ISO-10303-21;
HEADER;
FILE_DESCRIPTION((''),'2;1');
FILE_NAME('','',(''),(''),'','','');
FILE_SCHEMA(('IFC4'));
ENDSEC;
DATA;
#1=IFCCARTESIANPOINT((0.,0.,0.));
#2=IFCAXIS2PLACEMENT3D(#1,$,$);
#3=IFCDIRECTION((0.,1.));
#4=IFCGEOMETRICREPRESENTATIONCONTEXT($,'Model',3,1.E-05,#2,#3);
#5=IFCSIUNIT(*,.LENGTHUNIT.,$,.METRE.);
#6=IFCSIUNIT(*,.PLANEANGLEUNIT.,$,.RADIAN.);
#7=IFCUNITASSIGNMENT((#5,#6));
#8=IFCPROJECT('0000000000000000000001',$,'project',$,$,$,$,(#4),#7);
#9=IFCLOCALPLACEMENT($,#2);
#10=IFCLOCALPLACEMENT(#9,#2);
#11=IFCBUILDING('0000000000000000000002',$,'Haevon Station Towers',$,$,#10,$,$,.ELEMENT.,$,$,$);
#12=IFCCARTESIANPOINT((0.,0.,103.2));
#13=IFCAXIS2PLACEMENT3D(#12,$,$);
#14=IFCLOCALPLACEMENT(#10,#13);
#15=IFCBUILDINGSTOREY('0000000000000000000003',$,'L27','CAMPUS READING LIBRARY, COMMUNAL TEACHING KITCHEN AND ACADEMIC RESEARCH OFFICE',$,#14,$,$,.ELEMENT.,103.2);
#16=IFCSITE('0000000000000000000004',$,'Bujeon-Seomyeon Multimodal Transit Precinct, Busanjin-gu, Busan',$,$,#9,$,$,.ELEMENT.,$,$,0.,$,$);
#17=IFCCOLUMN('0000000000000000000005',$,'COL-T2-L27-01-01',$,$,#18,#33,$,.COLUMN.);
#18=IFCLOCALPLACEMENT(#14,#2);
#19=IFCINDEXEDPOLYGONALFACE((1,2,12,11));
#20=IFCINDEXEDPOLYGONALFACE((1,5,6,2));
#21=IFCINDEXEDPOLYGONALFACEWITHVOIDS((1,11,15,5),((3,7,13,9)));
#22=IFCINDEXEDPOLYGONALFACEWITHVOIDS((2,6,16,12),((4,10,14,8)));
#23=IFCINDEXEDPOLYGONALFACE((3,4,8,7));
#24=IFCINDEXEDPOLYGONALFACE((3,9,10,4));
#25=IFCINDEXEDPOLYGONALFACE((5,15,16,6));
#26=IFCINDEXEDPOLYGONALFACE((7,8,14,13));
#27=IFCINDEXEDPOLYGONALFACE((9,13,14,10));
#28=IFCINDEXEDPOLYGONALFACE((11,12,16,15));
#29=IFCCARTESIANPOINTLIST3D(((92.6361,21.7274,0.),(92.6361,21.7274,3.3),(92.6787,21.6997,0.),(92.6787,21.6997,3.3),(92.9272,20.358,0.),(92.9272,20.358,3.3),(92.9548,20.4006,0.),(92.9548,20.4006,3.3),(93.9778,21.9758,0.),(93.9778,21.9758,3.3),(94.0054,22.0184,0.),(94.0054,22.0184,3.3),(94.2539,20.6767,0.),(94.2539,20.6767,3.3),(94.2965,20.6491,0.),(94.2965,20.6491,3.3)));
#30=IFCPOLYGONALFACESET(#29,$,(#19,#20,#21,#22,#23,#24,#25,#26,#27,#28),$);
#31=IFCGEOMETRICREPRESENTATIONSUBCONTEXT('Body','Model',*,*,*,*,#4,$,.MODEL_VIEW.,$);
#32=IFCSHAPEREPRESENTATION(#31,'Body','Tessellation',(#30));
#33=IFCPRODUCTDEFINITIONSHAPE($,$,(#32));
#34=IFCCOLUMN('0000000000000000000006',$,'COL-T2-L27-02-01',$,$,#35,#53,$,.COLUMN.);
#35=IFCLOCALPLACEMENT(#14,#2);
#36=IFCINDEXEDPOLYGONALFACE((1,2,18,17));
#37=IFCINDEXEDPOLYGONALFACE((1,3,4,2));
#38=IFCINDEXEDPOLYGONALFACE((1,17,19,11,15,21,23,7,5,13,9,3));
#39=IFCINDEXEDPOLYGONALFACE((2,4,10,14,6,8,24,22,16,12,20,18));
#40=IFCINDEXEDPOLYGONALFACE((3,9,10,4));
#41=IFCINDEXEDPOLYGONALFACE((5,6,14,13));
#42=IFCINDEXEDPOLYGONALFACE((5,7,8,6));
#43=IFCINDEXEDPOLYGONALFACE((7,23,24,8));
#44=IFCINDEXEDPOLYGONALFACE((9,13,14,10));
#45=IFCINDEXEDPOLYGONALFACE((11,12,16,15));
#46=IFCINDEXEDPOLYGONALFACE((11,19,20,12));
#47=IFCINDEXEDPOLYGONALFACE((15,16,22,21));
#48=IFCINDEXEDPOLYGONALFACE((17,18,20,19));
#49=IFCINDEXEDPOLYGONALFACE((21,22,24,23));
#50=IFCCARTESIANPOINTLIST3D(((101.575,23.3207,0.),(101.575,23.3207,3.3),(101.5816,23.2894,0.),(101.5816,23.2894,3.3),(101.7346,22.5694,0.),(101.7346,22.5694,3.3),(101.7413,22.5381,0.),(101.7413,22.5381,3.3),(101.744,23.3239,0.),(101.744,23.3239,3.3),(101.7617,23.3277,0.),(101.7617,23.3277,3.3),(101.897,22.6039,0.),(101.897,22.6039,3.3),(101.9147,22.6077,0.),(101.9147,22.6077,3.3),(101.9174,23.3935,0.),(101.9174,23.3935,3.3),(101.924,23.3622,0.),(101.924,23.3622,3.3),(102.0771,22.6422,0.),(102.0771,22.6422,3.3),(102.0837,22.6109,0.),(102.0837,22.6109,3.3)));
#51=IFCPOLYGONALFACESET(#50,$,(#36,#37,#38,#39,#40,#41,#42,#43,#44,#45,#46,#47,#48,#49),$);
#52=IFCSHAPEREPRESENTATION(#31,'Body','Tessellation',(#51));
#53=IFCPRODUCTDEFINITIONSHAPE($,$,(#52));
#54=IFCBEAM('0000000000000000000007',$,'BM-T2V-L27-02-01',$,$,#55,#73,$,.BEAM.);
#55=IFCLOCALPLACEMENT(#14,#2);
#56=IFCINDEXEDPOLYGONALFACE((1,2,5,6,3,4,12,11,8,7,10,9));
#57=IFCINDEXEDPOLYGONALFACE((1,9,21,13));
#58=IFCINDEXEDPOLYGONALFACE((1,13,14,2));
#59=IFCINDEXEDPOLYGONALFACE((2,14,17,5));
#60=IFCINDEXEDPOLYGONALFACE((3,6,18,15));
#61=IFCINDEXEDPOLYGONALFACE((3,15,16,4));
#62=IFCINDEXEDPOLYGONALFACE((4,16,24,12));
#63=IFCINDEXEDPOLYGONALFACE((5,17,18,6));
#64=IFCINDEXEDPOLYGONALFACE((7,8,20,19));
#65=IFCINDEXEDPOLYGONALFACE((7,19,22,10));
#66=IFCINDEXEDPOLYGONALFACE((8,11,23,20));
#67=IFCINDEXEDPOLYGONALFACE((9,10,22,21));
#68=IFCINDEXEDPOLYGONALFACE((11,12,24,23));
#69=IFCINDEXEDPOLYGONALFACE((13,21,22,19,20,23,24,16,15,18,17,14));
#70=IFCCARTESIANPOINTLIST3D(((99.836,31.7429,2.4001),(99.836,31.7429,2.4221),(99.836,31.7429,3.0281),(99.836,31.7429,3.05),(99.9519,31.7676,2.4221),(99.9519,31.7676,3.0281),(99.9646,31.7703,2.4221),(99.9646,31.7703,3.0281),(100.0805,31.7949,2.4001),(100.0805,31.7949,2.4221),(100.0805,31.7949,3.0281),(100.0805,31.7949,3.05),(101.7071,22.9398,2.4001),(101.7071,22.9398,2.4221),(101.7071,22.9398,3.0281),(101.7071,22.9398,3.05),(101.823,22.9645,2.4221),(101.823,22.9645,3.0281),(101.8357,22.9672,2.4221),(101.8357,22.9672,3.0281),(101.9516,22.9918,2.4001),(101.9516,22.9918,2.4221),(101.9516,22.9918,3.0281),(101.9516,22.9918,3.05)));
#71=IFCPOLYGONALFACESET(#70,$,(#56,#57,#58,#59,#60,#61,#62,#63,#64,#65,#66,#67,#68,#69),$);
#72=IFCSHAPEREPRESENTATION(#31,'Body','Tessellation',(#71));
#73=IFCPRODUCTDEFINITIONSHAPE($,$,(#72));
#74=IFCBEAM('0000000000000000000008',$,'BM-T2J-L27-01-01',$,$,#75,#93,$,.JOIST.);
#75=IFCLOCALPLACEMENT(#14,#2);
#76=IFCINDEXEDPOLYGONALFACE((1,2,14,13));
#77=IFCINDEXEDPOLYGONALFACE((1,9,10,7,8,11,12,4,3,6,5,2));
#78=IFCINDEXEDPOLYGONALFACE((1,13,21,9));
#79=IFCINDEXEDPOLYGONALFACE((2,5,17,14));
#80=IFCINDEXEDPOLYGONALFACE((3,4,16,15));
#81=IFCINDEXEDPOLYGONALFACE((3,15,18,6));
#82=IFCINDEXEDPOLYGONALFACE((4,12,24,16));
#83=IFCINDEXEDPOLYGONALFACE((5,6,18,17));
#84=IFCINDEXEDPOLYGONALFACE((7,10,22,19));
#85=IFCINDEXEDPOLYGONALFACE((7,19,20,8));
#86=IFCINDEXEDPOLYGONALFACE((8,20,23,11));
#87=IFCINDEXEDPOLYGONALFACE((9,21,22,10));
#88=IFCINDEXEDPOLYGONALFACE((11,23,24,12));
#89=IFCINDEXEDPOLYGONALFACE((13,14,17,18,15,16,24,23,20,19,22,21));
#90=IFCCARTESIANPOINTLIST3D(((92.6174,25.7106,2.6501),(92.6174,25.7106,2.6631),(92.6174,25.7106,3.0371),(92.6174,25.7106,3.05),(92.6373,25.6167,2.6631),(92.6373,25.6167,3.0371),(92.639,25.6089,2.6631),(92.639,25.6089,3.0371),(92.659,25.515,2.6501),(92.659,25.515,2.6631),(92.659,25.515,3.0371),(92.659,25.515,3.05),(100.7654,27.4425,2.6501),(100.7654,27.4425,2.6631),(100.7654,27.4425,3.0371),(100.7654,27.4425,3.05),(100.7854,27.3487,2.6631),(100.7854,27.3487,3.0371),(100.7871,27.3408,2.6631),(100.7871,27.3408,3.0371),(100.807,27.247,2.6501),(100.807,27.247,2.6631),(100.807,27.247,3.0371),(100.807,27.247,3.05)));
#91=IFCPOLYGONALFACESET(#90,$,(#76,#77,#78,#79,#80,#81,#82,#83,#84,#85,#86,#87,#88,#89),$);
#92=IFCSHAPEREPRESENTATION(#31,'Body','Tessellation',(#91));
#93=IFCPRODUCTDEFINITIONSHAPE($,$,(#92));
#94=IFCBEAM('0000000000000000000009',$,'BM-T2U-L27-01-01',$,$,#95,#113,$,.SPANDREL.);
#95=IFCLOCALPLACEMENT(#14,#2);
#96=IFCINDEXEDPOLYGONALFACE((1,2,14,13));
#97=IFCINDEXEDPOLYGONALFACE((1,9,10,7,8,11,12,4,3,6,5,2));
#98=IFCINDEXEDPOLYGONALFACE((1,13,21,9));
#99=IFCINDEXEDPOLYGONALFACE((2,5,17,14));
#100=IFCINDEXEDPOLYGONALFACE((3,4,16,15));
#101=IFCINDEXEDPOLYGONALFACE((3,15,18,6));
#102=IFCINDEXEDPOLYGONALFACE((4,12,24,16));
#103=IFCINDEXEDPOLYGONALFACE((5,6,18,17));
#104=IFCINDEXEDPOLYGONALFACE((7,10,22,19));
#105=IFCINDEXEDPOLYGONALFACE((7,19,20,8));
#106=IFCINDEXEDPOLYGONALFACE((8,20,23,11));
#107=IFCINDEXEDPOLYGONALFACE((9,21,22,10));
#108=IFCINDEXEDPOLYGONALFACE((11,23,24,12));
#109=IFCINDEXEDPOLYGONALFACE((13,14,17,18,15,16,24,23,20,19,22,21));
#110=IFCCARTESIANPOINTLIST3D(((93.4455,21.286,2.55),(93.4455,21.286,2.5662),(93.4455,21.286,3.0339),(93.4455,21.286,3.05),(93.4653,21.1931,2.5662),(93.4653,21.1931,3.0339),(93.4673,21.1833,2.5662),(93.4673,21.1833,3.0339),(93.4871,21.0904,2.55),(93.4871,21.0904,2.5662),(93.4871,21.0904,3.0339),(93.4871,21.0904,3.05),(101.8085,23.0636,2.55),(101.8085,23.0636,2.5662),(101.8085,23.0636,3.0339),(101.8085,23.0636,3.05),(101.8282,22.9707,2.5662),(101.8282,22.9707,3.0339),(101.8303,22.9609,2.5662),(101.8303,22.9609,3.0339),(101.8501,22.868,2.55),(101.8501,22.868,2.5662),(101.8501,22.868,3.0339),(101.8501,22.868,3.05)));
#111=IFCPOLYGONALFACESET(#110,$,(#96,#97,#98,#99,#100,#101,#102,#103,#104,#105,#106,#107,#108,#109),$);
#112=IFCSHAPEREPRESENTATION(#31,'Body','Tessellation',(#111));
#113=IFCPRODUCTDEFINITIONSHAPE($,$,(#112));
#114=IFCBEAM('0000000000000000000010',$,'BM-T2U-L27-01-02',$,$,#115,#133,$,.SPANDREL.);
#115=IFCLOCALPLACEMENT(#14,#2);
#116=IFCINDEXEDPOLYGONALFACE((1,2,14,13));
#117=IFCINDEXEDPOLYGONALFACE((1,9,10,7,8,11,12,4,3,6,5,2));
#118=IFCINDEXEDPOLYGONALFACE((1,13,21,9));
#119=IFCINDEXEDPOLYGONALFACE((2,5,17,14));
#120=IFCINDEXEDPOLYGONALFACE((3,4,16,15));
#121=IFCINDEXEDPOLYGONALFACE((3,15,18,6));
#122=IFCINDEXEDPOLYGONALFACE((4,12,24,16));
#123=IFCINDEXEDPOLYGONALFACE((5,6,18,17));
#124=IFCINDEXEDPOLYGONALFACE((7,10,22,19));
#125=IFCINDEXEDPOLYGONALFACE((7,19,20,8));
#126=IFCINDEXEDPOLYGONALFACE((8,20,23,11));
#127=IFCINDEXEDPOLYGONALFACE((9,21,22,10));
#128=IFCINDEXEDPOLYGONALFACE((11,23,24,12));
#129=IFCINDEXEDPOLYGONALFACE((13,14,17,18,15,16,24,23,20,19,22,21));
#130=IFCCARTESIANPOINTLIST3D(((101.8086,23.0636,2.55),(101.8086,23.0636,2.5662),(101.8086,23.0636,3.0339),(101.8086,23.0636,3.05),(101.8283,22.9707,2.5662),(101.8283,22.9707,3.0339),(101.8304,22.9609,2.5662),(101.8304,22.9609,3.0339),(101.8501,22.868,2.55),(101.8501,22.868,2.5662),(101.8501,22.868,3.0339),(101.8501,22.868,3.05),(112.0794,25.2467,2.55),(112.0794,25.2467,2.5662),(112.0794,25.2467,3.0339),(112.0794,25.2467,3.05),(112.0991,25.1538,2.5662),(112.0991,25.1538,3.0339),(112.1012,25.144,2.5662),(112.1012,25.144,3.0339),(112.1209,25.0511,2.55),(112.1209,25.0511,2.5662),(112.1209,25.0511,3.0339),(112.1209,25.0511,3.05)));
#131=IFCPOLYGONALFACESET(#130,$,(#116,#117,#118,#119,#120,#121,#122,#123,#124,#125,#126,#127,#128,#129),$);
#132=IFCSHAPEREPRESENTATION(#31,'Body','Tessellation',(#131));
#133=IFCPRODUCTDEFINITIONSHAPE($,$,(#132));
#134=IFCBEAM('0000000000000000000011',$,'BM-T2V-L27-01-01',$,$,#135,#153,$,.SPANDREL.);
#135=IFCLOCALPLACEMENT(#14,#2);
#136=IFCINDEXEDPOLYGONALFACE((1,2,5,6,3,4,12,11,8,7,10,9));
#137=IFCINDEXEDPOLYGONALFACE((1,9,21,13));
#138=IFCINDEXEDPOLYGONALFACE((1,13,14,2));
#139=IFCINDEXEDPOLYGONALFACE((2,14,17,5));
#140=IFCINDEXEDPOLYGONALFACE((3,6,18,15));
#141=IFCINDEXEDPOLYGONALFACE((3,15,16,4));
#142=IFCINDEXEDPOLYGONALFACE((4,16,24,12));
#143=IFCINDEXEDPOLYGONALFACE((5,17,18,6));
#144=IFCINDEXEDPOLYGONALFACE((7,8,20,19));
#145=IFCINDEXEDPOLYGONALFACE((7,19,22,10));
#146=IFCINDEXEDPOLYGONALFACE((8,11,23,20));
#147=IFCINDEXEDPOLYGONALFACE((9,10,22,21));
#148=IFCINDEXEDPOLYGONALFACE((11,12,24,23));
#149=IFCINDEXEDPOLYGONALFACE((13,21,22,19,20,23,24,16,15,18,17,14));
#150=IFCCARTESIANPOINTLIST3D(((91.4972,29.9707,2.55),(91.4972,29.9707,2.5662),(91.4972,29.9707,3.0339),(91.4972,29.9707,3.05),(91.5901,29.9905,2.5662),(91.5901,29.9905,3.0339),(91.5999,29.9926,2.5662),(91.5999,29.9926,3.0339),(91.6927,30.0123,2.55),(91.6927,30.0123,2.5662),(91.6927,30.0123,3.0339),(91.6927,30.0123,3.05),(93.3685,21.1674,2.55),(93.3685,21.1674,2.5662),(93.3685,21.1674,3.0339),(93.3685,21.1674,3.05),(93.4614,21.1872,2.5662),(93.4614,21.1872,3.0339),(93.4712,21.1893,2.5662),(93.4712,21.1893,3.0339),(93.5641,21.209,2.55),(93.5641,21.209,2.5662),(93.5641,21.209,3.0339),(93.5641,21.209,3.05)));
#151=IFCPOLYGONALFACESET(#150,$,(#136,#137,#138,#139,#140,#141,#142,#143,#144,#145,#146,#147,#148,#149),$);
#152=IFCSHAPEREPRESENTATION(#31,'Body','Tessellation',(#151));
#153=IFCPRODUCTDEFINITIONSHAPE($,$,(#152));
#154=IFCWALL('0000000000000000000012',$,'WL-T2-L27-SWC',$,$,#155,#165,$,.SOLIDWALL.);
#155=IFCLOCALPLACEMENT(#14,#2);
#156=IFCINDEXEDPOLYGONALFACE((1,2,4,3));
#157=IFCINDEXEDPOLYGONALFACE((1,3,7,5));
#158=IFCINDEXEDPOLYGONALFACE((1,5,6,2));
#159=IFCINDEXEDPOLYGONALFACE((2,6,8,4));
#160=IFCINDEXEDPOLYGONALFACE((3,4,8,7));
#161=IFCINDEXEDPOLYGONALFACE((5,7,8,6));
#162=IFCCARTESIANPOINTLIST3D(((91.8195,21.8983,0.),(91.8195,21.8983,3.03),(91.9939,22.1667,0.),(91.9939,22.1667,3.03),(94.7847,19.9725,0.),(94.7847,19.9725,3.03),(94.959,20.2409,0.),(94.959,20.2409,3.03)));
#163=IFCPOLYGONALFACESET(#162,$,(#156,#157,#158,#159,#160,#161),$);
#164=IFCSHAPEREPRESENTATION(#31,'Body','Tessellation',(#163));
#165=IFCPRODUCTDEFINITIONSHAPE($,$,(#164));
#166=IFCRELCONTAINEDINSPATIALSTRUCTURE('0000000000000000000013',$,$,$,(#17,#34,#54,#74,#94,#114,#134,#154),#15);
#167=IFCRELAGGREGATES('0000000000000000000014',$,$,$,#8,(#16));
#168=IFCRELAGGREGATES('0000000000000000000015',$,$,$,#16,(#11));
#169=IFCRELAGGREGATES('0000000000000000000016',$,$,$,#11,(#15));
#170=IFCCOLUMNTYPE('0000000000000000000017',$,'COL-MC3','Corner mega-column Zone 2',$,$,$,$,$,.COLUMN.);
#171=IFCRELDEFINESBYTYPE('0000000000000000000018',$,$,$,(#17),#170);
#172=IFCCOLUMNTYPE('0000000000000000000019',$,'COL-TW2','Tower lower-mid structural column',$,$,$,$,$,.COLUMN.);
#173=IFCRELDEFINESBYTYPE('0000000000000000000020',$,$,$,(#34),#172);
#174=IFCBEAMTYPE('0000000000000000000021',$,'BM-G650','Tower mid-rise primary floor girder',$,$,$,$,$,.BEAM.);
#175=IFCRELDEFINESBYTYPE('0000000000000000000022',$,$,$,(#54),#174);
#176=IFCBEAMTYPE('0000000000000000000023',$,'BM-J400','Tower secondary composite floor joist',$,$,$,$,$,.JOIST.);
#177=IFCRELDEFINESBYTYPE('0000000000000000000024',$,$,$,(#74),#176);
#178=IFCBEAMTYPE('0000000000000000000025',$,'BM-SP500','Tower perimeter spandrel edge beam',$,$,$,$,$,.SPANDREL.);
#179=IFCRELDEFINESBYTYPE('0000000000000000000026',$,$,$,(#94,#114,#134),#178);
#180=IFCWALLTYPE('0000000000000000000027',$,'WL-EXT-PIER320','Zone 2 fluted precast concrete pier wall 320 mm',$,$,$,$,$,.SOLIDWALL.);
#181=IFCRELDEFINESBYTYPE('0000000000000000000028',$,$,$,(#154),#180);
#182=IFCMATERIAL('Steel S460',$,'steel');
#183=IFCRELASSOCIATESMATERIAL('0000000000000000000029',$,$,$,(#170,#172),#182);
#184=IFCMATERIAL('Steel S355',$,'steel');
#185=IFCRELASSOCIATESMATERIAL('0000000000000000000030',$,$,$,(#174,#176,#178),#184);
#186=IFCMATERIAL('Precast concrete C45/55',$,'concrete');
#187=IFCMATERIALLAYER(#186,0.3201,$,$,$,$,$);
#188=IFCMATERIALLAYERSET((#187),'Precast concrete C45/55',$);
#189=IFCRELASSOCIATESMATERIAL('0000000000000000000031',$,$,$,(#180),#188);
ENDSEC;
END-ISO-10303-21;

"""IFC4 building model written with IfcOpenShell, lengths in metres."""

from ifc_helpers import new_model, si_unit, direction, frame, frame_2d, origin, origin_2d, place, context, subcontext, project, spatial, rectangle, hollow_rectangle, i_section, extrude, material, layer, layer_set, material_profile, profile_set, type_object, element, save


model = new_model("IFC4")

# Units and contexts
model_context = context("Model", 3, precision=1e-05, world=origin(), true_north=direction((0.0, 1.0)))
body_context = subcontext(model_context, "Body", "Model", "MODEL_VIEW")
ifc_project = project(units=[si_unit("LENGTHUNIT", "METRE"), si_unit("PLANEANGLEUNIT", "RADIAN")], contexts=[model_context])

# Site, building, storey
site_placement = place(None, origin())
site = spatial("IfcSite", under=ifc_project, at=site_placement, Name="Bujeon-Seomyeon Multimodal Transit Precinct, Busanjin-gu, Busan", CompositionType="ELEMENT", RefElevation=0.0)
building_placement = place(site_placement, origin())
building = spatial("IfcBuilding", under=site, at=building_placement, Name="Haevon Station Towers", CompositionType="ELEMENT")
storey_placement = place(building_placement, frame((0.0, 0.0, 103.2)))
storey = spatial("IfcBuildingStorey", under=building, at=storey_placement, Name="L27", Description="CAMPUS READING LIBRARY, COMMUNAL TEACHING KITCHEN AND ACADEMIC RESEARCH OFFICE", CompositionType="ELEMENT", Elevation=103.2)

# Columns
ifc_material_1 = material(Name="Steel S460", Category="steel")
ifc_material_profile_1 = material_profile(ifc_material_1, hollow_rectangle(XDim=1.3999, YDim=1.3999, WallThickness=0.0359, at=origin_2d()), Name="BOX-1400x1400x36")
ifc_profile_set_1 = profile_set([ifc_material_profile_1], Name="Steel S460")
column_type_1 = type_object("IfcColumnType", Name="COL-MC3", Description="Corner mega-column Zone 2", PredefinedType="COLUMN", material=ifc_profile_set_1)
column_1_placement = place(storey_placement, frame((93.4663, 21.1882, 0.0), z_axis=(0.0, 0.0, 1.0), x_axis=(0.978148, 0.207912, 0.0)))
element("IfcColumn", 1, at=column_1_placement, inside=storey, type_object=column_type_1, Name="COL-T2-L27-01-01", PredefinedType="COLUMN", context=body_context, shape_type="SweptSolid", body=[
    extrude(hollow_rectangle(XDim=1.3999, YDim=1.3999, WallThickness=0.0359, at=origin_2d()), origin(), (0.0, 0.0, 1.0), 3.3),
])
ifc_material_profile_2 = material_profile(ifc_material_1, i_section(OverallWidth=0.3501, OverallDepth=0.8, WebThickness=0.0181, FlangeThickness=0.032, at=origin_2d()), Name="H-800x350x18x32")
ifc_profile_set_2 = profile_set([ifc_material_profile_2], Name="Steel S460")
column_type_2 = type_object("IfcColumnType", Name="COL-TW2", Description="Tower lower-mid structural column", PredefinedType="COLUMN", material=ifc_profile_set_2)
column_2_placement = place(storey_placement, frame((101.8293, 22.9658, 0.0), z_axis=(0.0, 0.0, 1.0), x_axis=(0.978148, 0.207912, 0.0)))
element("IfcColumn", 2, at=column_2_placement, inside=storey, type_object=column_type_2, Name="COL-T2-L27-02-01", PredefinedType="COLUMN", context=body_context, shape_type="SweptSolid", body=[
    extrude(i_section(OverallWidth=0.3501, OverallDepth=0.8, WebThickness=0.0181, FlangeThickness=0.032, at=origin_2d()), origin(), (0.0, 0.0, 1.0), 3.3),
])

# Beams
ifc_material_2 = material(Name="Steel S355", Category="steel")
ifc_material_profile_3 = material_profile(ifc_material_2, i_section(OverallWidth=0.25, OverallDepth=0.6499, WebThickness=0.0129, FlangeThickness=0.022, at=origin_2d()), Name="H-650x250x13x22")
ifc_profile_set_3 = profile_set([ifc_material_profile_3], Name="Steel S355")
beam_type_1 = type_object("IfcBeamType", Name="BM-G650", Description="Tower mid-rise primary floor girder", PredefinedType="BEAM", material=ifc_profile_set_3)
beam_1_placement = place(storey_placement, frame((101.8293, 22.9658, 2.7251), z_axis=(-0.207902, 0.97815, 0.0), x_axis=(-0.97815, -0.207902, 0.0)))
element("IfcBeam", 3, at=beam_1_placement, inside=storey, type_object=beam_type_1, Name="BM-T2V-L27-02-01", PredefinedType="BEAM", context=body_context, shape_type="SweptSolid", body=[
    extrude(i_section(OverallWidth=0.25, OverallDepth=0.6499, WebThickness=0.0129, FlangeThickness=0.022, at=origin_2d()), origin(), (0.0, 0.0, 1.0), 8.9998),
])
ifc_material_profile_4 = material_profile(ifc_material_2, i_section(OverallWidth=0.2, OverallDepth=0.3999, WebThickness=0.0081, FlangeThickness=0.0129, at=origin_2d()), Name="H-400x200x8x13")
ifc_profile_set_4 = profile_set([ifc_material_profile_4], Name="Steel S355")
beam_type_2 = type_object("IfcBeamType", Name="BM-J400", Description="Tower secondary composite floor joist", PredefinedType="JOIST", material=ifc_profile_set_4)
beam_2_placement = place(storey_placement, frame((92.6382, 25.6128, 2.8501), z_axis=(0.978147, 0.207916, 0.0), x_axis=(-0.207916, 0.978147, 0.0)))
element("IfcBeam", 4, at=beam_2_placement, inside=storey, type_object=beam_type_2, Name="BM-T2J-L27-01-01", PredefinedType="JOIST", context=body_context, shape_type="SweptSolid", body=[
    extrude(i_section(OverallWidth=0.2, OverallDepth=0.3999, WebThickness=0.0081, FlangeThickness=0.0129, at=origin_2d()), origin(), (0.0, 0.0, 1.0), 8.3301),
])
ifc_material_profile_5 = material_profile(ifc_material_2, i_section(OverallWidth=0.2, OverallDepth=0.5, WebThickness=0.01, FlangeThickness=0.0161, at=origin_2d()), Name="H-500x200x10x16")
ifc_profile_set_5 = profile_set([ifc_material_profile_5], Name="Steel S355")
beam_type_3 = type_object("IfcBeamType", Name="BM-SP500", Description="Tower perimeter spandrel edge beam", PredefinedType="SPANDREL", material=ifc_profile_set_5)
beam_3_placement = place(storey_placement, frame((93.4663, 21.1882, 2.8), z_axis=(0.978148, 0.207908, 0.0), x_axis=(-0.207908, 0.978148, 0.0)))
element("IfcBeam", 5, at=beam_3_placement, inside=storey, type_object=beam_type_3, Name="BM-T2U-L27-01-01", PredefinedType="SPANDREL", context=body_context, shape_type="SweptSolid", body=[
    extrude(i_section(OverallWidth=0.2, OverallDepth=0.5, WebThickness=0.01, FlangeThickness=0.0161, at=origin_2d()), origin(), (0.0, 0.0, 1.0), 8.5498),
])
beam_4_placement = place(storey_placement, frame((101.8293, 22.9658, 2.8), z_axis=(0.978148, 0.207911, 0.0), x_axis=(-0.207911, 0.978148, 0.0)))
element("IfcBeam", 6, at=beam_4_placement, inside=storey, type_object=beam_type_3, Name="BM-T2U-L27-01-02", PredefinedType="SPANDREL", context=body_context, shape_type="SweptSolid", body=[
    extrude(i_section(OverallWidth=0.2, OverallDepth=0.5, WebThickness=0.01, FlangeThickness=0.0161, at=origin_2d()), origin(), (0.0, 0.0, 1.0), 10.5002),
])
beam_5_placement = place(storey_placement, frame((93.4663, 21.1882, 2.8), z_axis=(-0.207928, 0.978144, 0.0), x_axis=(-0.978144, -0.207928, 0.0)))
element("IfcBeam", 7, at=beam_5_placement, inside=storey, type_object=beam_type_3, Name="BM-T2V-L27-01-01", PredefinedType="SPANDREL", context=body_context, shape_type="SweptSolid", body=[
    extrude(i_section(OverallWidth=0.2, OverallDepth=0.5, WebThickness=0.01, FlangeThickness=0.0161, at=origin_2d()), origin(), (0.0, 0.0, 1.0), 9.0),
])

# Wall
ifc_material_3 = material(Name="Precast concrete C45/55", Category="concrete")
ifc_layer_1 = layer(ifc_material_3, 0.3201)
ifc_layer_set_1 = layer_set([ifc_layer_1], Name="Precast concrete C45/55")
wall_type_1 = type_object("IfcWallType", Name="WL-EXT-PIER320", Description="Zone 2 fluted precast concrete pier wall 320 mm", PredefinedType="SOLIDWALL", material=ifc_layer_set_1)
wall_1_placement = place(storey_placement, frame((94.8718, 20.1067, 0.0), z_axis=(0.0, 0.0, 1.0), x_axis=(-0.838641, 0.544685, 0.0)))
element("IfcWall", 8, at=wall_1_placement, inside=storey, type_object=wall_type_1, Name="WL-T2-L27-SWC", PredefinedType="SOLIDWALL", context=body_context, shape_type="SweptSolid", body=[
    extrude(rectangle(XDim=3.5356, YDim=0.3201, at=frame_2d((1.7678, 0.0))), origin(), (0.0, 0.0, 1.0), 3.03),
])

save(model, "model.ifc")
